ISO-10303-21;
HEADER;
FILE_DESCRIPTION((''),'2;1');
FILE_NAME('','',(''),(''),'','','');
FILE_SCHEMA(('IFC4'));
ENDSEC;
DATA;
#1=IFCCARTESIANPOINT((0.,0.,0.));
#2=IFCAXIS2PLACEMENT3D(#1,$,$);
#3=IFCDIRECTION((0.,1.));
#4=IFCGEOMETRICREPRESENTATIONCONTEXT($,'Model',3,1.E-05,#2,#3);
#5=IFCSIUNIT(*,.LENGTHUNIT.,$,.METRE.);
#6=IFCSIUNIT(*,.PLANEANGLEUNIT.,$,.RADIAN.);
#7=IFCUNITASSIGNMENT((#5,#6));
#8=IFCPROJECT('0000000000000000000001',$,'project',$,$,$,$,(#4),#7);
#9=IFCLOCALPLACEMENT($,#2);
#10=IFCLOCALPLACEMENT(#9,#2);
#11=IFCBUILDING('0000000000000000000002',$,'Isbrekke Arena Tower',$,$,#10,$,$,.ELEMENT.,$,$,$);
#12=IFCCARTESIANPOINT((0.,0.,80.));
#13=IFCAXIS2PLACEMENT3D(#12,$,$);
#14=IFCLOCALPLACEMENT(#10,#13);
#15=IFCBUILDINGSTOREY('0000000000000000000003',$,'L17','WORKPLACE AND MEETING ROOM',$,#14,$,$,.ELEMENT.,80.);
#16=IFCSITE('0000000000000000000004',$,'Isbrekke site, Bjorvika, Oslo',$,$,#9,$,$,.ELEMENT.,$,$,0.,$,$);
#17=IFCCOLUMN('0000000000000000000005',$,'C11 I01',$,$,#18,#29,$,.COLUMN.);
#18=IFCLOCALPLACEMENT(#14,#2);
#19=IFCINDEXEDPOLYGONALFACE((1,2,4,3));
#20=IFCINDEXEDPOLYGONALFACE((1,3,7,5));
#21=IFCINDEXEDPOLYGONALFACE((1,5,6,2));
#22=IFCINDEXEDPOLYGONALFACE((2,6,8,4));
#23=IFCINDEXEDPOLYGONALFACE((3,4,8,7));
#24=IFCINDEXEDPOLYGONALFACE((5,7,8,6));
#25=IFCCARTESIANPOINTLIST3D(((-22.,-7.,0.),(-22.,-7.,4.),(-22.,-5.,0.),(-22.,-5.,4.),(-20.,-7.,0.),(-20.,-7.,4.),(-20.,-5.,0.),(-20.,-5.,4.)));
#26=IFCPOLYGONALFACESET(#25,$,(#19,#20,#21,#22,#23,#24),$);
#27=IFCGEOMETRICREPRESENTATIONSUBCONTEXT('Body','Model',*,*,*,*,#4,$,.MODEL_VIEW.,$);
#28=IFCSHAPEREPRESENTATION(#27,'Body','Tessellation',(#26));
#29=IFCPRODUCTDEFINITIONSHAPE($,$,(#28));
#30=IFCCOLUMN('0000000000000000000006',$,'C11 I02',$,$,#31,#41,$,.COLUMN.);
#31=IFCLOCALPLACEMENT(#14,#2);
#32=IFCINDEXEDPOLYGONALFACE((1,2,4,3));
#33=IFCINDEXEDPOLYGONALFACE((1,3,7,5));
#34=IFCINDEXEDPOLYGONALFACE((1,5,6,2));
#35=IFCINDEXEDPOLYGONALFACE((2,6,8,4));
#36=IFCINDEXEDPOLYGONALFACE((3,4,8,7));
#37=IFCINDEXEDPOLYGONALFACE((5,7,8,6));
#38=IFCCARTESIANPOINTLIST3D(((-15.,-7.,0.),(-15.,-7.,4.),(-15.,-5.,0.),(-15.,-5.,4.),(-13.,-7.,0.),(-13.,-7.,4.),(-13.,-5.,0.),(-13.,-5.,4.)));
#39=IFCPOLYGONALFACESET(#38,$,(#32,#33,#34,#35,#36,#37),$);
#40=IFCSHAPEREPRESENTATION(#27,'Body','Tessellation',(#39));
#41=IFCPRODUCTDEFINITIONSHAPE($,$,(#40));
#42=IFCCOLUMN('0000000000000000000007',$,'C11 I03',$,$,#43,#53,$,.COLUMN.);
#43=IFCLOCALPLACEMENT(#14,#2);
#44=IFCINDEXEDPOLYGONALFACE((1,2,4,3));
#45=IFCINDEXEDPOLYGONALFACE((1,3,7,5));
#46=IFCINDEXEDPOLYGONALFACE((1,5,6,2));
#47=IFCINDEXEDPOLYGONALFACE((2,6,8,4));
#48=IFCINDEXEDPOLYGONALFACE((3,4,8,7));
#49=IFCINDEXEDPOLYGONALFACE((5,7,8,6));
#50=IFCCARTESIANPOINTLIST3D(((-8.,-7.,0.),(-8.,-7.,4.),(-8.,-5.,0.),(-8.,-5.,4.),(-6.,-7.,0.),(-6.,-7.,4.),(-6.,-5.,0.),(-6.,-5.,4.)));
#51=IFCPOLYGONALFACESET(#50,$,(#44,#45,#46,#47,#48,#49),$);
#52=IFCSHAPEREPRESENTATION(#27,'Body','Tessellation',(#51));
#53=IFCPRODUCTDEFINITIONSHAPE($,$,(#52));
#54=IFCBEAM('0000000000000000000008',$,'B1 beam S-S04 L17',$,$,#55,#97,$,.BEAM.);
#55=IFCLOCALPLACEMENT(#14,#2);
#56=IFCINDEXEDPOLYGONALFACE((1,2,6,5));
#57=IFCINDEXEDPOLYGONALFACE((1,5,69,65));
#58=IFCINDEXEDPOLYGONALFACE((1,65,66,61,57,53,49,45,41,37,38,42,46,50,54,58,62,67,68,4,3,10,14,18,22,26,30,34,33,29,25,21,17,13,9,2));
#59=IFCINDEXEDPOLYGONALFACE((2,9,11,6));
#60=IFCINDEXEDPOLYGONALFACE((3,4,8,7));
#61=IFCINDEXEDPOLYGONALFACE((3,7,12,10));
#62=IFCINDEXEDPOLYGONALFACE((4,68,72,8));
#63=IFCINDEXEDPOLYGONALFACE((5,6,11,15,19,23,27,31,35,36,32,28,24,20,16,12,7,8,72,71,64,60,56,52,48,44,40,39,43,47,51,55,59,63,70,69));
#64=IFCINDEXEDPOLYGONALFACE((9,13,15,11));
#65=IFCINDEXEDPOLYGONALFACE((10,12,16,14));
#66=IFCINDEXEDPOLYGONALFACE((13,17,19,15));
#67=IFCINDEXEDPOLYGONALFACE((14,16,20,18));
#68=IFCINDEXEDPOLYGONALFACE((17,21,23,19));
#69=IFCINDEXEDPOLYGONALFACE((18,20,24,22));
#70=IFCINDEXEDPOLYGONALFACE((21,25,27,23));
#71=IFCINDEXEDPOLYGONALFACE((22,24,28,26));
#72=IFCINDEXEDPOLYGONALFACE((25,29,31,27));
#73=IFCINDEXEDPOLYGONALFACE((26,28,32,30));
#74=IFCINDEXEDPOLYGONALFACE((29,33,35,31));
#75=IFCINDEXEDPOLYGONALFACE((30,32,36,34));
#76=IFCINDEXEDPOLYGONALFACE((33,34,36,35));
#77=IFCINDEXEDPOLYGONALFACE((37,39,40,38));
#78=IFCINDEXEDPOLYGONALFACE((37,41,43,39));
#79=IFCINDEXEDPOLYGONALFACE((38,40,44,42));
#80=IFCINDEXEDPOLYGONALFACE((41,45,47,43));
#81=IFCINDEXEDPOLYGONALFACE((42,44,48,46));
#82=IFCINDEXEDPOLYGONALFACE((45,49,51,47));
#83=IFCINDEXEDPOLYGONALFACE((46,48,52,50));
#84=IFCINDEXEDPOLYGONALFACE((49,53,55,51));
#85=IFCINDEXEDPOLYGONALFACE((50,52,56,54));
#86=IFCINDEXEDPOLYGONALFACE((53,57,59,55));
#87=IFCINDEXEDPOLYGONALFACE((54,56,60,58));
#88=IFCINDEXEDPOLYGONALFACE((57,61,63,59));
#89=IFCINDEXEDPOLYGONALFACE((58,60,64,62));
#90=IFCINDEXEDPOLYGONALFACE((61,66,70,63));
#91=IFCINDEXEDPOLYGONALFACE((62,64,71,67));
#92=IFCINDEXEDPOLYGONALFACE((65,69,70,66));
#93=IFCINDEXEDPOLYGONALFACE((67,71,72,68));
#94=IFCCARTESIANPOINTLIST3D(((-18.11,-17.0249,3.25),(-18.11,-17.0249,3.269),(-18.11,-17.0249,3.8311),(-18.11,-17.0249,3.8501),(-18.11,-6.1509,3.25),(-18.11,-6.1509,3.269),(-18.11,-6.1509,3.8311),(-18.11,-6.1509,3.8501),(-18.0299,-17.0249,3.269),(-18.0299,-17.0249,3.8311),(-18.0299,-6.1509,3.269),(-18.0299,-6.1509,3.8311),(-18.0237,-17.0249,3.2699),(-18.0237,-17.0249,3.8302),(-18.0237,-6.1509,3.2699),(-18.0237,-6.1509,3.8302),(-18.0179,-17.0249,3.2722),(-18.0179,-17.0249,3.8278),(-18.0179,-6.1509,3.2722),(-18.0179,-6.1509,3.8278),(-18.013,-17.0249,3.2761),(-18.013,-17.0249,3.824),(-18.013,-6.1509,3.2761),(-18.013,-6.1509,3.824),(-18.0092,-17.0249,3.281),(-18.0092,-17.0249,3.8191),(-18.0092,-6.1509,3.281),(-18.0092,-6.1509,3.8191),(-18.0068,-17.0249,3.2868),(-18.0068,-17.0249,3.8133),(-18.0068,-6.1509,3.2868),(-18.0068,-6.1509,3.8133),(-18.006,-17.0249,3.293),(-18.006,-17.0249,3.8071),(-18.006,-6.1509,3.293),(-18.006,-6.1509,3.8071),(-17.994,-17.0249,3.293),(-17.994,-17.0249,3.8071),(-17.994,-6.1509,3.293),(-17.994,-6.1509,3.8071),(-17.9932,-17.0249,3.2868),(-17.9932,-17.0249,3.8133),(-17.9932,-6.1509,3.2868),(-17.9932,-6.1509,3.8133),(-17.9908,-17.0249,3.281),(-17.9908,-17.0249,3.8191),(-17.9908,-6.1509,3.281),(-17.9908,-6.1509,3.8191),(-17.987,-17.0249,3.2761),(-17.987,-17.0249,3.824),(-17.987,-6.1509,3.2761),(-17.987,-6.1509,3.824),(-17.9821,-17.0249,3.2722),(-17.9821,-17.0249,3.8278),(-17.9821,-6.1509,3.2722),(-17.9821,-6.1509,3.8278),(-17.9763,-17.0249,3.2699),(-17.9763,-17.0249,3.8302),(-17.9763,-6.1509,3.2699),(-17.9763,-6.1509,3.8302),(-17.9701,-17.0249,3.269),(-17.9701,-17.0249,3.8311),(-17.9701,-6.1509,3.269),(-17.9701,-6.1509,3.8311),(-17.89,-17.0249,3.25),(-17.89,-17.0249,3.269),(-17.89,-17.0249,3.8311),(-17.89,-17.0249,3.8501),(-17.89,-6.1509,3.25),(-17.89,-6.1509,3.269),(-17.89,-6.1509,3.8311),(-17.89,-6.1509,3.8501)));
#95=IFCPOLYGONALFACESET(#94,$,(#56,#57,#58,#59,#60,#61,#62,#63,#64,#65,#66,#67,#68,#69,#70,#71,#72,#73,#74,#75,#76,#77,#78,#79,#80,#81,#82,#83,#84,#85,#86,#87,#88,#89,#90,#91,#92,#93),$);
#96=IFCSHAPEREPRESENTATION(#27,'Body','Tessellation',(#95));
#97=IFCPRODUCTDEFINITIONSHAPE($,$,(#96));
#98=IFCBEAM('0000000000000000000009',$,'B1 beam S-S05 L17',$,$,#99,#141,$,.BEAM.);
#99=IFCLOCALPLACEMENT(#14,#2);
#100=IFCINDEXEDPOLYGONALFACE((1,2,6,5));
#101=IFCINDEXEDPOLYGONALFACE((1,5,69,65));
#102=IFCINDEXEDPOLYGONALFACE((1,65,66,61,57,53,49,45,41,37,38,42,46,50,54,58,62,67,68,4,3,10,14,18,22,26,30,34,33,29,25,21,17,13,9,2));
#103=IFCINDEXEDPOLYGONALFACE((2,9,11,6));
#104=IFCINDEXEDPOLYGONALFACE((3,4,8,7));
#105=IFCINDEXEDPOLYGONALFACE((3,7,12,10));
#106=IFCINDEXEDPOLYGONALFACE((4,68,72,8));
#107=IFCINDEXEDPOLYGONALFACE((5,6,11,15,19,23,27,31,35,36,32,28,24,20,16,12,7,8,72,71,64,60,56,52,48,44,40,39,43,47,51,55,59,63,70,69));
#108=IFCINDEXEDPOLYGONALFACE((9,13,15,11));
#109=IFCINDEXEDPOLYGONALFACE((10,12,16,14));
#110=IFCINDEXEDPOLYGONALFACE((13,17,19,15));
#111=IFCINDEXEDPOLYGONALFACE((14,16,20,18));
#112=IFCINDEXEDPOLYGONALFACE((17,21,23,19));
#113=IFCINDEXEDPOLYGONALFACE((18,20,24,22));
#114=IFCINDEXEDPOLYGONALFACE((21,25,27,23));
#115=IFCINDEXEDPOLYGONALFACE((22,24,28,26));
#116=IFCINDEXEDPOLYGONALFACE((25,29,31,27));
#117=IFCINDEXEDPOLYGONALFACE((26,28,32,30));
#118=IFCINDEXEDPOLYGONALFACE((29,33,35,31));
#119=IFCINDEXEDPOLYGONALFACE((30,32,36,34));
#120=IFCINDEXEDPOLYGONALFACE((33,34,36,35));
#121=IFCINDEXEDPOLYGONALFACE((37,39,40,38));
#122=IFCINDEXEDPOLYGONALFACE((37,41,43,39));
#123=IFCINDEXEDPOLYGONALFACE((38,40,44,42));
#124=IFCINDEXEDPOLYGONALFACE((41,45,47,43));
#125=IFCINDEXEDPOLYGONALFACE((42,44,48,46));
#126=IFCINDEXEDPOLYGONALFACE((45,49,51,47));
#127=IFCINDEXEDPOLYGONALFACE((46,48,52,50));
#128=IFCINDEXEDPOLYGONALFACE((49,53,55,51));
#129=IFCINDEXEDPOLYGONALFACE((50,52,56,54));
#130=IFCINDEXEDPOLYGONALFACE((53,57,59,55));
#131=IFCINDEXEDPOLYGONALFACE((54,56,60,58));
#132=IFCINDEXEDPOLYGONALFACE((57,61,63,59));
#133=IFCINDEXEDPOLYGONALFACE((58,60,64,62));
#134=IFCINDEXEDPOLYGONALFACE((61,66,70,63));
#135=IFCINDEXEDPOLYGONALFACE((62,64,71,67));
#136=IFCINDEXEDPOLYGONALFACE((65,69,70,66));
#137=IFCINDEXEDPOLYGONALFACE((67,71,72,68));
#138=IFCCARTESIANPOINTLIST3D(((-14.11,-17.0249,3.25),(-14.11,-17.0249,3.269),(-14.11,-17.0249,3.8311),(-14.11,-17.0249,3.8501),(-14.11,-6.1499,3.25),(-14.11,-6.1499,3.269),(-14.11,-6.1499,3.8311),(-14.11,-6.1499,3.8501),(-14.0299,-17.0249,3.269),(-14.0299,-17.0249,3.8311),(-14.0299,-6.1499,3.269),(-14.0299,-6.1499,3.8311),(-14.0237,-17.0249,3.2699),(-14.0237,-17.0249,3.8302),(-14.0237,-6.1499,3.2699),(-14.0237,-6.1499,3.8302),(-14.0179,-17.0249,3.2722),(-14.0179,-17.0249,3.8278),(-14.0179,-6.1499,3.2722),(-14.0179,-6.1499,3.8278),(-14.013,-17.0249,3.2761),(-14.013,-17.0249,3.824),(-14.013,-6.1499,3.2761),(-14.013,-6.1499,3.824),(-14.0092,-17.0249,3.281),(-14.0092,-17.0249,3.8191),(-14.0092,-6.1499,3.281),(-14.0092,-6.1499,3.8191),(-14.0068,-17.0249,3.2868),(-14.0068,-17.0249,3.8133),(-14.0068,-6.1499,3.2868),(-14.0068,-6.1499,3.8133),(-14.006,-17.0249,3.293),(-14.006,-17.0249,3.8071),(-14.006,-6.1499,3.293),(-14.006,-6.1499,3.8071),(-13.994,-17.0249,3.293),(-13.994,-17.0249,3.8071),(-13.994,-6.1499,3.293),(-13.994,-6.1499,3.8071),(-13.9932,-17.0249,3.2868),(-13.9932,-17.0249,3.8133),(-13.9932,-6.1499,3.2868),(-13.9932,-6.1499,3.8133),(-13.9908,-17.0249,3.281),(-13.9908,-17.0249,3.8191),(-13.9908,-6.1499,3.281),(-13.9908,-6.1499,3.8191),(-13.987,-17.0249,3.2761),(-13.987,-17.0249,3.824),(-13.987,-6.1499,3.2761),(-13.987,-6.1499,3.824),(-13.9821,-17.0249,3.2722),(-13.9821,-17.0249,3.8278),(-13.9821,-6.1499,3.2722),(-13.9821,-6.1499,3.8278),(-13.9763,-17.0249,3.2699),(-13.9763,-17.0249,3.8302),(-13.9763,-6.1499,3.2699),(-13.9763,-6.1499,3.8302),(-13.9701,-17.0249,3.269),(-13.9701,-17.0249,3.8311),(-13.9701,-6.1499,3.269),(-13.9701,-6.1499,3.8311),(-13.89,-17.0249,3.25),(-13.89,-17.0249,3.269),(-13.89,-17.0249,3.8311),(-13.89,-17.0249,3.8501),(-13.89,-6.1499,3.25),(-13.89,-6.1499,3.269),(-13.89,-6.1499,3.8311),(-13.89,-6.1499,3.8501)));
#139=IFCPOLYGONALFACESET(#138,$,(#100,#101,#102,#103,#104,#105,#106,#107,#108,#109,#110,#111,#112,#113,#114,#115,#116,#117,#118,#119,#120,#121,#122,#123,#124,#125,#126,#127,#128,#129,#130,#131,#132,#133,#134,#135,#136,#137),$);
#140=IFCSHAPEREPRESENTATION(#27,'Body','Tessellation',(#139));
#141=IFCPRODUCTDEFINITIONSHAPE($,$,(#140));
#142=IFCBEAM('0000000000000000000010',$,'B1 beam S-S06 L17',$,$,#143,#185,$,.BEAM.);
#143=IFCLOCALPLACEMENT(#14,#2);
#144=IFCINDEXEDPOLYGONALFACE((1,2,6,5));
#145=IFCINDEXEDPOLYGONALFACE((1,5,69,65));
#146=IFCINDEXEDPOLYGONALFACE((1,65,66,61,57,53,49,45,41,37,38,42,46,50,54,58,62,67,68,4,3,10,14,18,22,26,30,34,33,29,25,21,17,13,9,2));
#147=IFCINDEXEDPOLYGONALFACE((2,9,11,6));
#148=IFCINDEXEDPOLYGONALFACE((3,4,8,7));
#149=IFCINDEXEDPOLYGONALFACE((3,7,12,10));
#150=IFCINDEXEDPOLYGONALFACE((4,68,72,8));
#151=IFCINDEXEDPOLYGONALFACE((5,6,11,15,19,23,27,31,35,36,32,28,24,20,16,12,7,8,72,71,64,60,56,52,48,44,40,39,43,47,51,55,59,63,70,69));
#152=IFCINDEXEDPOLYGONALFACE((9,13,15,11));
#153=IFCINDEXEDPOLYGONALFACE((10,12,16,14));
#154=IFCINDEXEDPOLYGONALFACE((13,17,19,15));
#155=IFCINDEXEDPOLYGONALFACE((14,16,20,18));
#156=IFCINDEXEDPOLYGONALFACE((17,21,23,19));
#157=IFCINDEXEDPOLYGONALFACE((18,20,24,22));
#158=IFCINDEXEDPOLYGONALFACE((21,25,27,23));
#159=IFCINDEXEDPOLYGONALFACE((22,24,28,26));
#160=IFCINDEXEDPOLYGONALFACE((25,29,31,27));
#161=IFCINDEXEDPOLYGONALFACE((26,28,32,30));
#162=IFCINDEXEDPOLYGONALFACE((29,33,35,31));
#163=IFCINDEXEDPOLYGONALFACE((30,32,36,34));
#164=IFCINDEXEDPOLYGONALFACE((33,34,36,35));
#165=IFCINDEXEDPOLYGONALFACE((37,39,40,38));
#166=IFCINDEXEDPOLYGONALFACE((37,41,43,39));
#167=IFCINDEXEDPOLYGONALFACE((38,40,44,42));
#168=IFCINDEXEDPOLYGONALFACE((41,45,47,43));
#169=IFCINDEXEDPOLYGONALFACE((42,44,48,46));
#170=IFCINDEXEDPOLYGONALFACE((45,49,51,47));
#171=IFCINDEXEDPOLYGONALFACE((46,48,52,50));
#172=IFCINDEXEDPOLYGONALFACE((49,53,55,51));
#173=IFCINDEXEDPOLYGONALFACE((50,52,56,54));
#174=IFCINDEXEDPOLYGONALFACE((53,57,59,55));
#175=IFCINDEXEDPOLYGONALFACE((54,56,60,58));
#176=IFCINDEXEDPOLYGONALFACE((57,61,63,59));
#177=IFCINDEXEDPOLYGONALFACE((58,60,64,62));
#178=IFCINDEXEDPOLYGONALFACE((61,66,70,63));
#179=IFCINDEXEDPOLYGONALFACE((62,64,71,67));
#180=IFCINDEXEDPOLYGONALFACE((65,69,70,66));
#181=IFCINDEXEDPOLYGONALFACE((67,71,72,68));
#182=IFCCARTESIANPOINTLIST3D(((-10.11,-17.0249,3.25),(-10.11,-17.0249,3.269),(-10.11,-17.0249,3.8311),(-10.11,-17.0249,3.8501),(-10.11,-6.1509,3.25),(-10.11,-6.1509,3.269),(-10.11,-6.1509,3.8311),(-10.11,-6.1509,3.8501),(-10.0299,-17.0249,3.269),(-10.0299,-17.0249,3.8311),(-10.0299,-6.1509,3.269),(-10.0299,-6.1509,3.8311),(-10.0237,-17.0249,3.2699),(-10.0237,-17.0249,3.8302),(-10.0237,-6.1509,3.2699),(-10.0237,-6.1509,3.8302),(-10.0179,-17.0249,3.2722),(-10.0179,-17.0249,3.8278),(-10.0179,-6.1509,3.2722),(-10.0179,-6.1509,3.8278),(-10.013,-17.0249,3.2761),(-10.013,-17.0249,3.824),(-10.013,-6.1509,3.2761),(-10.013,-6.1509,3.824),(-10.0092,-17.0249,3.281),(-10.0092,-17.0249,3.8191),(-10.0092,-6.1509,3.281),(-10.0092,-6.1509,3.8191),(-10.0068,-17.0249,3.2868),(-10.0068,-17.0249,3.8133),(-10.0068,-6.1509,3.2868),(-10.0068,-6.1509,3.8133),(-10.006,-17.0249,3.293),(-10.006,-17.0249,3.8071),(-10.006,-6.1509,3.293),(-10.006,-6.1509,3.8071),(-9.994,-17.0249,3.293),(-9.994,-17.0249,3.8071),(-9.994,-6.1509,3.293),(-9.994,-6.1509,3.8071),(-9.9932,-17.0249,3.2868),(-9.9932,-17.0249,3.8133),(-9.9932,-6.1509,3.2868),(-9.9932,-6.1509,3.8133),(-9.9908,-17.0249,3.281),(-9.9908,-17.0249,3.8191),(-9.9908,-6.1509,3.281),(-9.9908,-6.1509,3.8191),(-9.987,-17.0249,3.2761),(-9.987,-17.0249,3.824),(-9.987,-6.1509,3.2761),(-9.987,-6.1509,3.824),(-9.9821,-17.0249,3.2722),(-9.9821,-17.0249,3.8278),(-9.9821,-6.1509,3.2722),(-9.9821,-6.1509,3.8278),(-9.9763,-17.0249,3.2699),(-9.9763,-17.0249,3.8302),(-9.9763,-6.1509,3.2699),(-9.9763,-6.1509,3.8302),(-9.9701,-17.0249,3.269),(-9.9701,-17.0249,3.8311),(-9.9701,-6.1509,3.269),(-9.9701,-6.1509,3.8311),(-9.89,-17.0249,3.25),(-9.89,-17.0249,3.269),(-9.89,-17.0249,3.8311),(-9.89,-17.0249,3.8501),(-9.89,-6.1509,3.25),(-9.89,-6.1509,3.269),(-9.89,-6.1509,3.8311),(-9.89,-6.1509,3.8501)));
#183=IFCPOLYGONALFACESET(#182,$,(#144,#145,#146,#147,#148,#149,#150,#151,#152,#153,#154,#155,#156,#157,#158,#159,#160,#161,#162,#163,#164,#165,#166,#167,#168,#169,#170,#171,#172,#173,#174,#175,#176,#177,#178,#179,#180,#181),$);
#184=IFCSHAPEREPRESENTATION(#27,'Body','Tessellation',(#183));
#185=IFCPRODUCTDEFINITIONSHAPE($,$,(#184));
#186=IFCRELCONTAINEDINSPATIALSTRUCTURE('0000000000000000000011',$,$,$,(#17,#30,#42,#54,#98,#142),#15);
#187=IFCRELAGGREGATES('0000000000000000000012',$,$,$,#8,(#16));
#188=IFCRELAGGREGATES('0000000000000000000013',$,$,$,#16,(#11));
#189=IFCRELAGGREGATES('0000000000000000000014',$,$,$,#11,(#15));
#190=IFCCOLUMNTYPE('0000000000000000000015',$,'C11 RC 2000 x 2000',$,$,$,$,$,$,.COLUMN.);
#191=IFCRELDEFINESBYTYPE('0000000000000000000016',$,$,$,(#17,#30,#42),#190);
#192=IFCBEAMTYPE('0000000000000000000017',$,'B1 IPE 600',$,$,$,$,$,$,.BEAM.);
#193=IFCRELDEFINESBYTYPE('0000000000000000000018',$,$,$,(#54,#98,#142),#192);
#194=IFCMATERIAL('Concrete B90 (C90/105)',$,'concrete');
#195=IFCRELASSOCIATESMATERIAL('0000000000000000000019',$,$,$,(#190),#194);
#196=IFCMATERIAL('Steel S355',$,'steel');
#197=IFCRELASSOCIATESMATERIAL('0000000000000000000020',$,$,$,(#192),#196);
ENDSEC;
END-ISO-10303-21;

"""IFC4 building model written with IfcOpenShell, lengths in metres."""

from ifc_helpers import new_model, si_unit, direction, frame, origin, origin_2d, place, context, subcontext, project, spatial, rectangle, i_section, extrude, material, material_profile, profile_set, type_object, element, save


model = new_model("IFC4")

# Units and contexts
model_context = context("Model", 3, precision=1e-05, world=origin(), true_north=direction((0.0, 1.0)))
body_context = subcontext(model_context, "Body", "Model", "MODEL_VIEW")
ifc_project = project(units=[si_unit("LENGTHUNIT", "METRE"), si_unit("PLANEANGLEUNIT", "RADIAN")], contexts=[model_context])

# Site, building, storey
site_placement = place(None, origin())
site = spatial("IfcSite", under=ifc_project, at=site_placement, Name="Isbrekke site, Bjorvika, Oslo", CompositionType="ELEMENT", RefElevation=0.0)
building_placement = place(site_placement, origin())
building = spatial("IfcBuilding", under=site, at=building_placement, Name="Isbrekke Arena Tower", CompositionType="ELEMENT")
storey_placement = place(building_placement, frame((0.0, 0.0, 80.0)))
storey = spatial("IfcBuildingStorey", under=building, at=storey_placement, Name="L17", Description="WORKPLACE AND MEETING ROOM", CompositionType="ELEMENT", Elevation=80.0)

# Columns
ifc_material_1 = material(Name="Concrete B90 (C90/105)", Category="concrete")
ifc_material_profile_1 = material_profile(ifc_material_1, rectangle(XDim=2.0, YDim=2.0, at=origin_2d()), Name="RC 2000x2000")
ifc_profile_set_1 = profile_set([ifc_material_profile_1], Name="Concrete B90 (C90/105)")
column_type = type_object("IfcColumnType", Name="C11 RC 2000 x 2000", PredefinedType="COLUMN", material=ifc_profile_set_1)
for number, where, z_axis, x_axis, name in (
    (1, (-21.0, -6.0, 0.0), (0.0, 0.0, 1.0), (1.0, 0.0, 0.0), "C11 I01"),
    (2, (-14.0, -6.0, 0.0), (0.0, 0.0, 1.0), (1.0, 0.0, 0.0), "C11 I02"),
    (3, (-7.0, -6.0, 0.0), (0.0, 0.0, 1.0), (1.0, 0.0, 0.0), "C11 I03"),
):
    element("IfcColumn", number, at=place(storey_placement, frame(where, z_axis=z_axis, x_axis=x_axis)), inside=storey, type_object=column_type, Name=name, PredefinedType="COLUMN", context=body_context, shape_type="SweptSolid", body=[
        extrude(rectangle(XDim=2.0, YDim=2.0, at=origin_2d()), origin(), (0.0, 0.0, 1.0), 4.0),
    ])

# Beams
ifc_material_2 = material(Name="Steel S355", Category="steel")
ifc_material_profile_2 = material_profile(ifc_material_2, i_section(OverallWidth=0.22, OverallDepth=0.6001, WebThickness=0.012, FlangeThickness=0.019, FilletRadius=0.0239, at=origin_2d()), Name="IPE 600")
ifc_profile_set_2 = profile_set([ifc_material_profile_2], Name="Steel S355")
beam_type_1 = type_object("IfcBeamType", Name="B1 IPE 600", PredefinedType="BEAM", material=ifc_profile_set_2)
beam_1_placement = place(storey_placement, frame((-18.0, -17.0249, 3.55), z_axis=(0.0, 1.0, 0.0), x_axis=(-1.0, 0.0, 0.0)))
element("IfcBeam", 4, at=beam_1_placement, inside=storey, type_object=beam_type_1, Name="B1 beam S-S04 L17", PredefinedType="BEAM", context=body_context, shape_type="SweptSolid", body=[
    extrude(i_section(OverallWidth=0.22, OverallDepth=0.6001, WebThickness=0.012, FlangeThickness=0.019, FilletRadius=0.0239, at=origin_2d()), origin(), (0.0, 0.0, 1.0), 10.874),
])
beam_2_placement = place(storey_placement, frame((-14.0, -17.0249, 3.55), z_axis=(0.0, 1.0, 0.0), x_axis=(-1.0, 0.0, 0.0)))
element("IfcBeam", 5, at=beam_2_placement, inside=storey, type_object=beam_type_1, Name="B1 beam S-S05 L17", PredefinedType="BEAM", context=body_context, shape_type="SweptSolid", body=[
    extrude(i_section(OverallWidth=0.22, OverallDepth=0.6001, WebThickness=0.012, FlangeThickness=0.019, FilletRadius=0.0239, at=origin_2d()), origin(), (0.0, 0.0, 1.0), 10.875),
])
for number, where, z_axis, x_axis, name in (
    (6, (-10.0, -17.0249, 3.55), (0.0, 1.0, 0.0), (-1.0, 0.0, 0.0), "B1 beam S-S06 L17"),
):
    element("IfcBeam", number, at=place(storey_placement, frame(where, z_axis=z_axis, x_axis=x_axis)), inside=storey, type_object=beam_type_1, Name=name, PredefinedType="BEAM", context=body_context, shape_type="SweptSolid", body=[
        extrude(i_section(OverallWidth=0.22, OverallDepth=0.6001, WebThickness=0.012, FlangeThickness=0.019, FilletRadius=0.0239, at=origin_2d()), origin(), (0.0, 0.0, 1.0), 10.874),
    ])

save(model, "model.ifc")
